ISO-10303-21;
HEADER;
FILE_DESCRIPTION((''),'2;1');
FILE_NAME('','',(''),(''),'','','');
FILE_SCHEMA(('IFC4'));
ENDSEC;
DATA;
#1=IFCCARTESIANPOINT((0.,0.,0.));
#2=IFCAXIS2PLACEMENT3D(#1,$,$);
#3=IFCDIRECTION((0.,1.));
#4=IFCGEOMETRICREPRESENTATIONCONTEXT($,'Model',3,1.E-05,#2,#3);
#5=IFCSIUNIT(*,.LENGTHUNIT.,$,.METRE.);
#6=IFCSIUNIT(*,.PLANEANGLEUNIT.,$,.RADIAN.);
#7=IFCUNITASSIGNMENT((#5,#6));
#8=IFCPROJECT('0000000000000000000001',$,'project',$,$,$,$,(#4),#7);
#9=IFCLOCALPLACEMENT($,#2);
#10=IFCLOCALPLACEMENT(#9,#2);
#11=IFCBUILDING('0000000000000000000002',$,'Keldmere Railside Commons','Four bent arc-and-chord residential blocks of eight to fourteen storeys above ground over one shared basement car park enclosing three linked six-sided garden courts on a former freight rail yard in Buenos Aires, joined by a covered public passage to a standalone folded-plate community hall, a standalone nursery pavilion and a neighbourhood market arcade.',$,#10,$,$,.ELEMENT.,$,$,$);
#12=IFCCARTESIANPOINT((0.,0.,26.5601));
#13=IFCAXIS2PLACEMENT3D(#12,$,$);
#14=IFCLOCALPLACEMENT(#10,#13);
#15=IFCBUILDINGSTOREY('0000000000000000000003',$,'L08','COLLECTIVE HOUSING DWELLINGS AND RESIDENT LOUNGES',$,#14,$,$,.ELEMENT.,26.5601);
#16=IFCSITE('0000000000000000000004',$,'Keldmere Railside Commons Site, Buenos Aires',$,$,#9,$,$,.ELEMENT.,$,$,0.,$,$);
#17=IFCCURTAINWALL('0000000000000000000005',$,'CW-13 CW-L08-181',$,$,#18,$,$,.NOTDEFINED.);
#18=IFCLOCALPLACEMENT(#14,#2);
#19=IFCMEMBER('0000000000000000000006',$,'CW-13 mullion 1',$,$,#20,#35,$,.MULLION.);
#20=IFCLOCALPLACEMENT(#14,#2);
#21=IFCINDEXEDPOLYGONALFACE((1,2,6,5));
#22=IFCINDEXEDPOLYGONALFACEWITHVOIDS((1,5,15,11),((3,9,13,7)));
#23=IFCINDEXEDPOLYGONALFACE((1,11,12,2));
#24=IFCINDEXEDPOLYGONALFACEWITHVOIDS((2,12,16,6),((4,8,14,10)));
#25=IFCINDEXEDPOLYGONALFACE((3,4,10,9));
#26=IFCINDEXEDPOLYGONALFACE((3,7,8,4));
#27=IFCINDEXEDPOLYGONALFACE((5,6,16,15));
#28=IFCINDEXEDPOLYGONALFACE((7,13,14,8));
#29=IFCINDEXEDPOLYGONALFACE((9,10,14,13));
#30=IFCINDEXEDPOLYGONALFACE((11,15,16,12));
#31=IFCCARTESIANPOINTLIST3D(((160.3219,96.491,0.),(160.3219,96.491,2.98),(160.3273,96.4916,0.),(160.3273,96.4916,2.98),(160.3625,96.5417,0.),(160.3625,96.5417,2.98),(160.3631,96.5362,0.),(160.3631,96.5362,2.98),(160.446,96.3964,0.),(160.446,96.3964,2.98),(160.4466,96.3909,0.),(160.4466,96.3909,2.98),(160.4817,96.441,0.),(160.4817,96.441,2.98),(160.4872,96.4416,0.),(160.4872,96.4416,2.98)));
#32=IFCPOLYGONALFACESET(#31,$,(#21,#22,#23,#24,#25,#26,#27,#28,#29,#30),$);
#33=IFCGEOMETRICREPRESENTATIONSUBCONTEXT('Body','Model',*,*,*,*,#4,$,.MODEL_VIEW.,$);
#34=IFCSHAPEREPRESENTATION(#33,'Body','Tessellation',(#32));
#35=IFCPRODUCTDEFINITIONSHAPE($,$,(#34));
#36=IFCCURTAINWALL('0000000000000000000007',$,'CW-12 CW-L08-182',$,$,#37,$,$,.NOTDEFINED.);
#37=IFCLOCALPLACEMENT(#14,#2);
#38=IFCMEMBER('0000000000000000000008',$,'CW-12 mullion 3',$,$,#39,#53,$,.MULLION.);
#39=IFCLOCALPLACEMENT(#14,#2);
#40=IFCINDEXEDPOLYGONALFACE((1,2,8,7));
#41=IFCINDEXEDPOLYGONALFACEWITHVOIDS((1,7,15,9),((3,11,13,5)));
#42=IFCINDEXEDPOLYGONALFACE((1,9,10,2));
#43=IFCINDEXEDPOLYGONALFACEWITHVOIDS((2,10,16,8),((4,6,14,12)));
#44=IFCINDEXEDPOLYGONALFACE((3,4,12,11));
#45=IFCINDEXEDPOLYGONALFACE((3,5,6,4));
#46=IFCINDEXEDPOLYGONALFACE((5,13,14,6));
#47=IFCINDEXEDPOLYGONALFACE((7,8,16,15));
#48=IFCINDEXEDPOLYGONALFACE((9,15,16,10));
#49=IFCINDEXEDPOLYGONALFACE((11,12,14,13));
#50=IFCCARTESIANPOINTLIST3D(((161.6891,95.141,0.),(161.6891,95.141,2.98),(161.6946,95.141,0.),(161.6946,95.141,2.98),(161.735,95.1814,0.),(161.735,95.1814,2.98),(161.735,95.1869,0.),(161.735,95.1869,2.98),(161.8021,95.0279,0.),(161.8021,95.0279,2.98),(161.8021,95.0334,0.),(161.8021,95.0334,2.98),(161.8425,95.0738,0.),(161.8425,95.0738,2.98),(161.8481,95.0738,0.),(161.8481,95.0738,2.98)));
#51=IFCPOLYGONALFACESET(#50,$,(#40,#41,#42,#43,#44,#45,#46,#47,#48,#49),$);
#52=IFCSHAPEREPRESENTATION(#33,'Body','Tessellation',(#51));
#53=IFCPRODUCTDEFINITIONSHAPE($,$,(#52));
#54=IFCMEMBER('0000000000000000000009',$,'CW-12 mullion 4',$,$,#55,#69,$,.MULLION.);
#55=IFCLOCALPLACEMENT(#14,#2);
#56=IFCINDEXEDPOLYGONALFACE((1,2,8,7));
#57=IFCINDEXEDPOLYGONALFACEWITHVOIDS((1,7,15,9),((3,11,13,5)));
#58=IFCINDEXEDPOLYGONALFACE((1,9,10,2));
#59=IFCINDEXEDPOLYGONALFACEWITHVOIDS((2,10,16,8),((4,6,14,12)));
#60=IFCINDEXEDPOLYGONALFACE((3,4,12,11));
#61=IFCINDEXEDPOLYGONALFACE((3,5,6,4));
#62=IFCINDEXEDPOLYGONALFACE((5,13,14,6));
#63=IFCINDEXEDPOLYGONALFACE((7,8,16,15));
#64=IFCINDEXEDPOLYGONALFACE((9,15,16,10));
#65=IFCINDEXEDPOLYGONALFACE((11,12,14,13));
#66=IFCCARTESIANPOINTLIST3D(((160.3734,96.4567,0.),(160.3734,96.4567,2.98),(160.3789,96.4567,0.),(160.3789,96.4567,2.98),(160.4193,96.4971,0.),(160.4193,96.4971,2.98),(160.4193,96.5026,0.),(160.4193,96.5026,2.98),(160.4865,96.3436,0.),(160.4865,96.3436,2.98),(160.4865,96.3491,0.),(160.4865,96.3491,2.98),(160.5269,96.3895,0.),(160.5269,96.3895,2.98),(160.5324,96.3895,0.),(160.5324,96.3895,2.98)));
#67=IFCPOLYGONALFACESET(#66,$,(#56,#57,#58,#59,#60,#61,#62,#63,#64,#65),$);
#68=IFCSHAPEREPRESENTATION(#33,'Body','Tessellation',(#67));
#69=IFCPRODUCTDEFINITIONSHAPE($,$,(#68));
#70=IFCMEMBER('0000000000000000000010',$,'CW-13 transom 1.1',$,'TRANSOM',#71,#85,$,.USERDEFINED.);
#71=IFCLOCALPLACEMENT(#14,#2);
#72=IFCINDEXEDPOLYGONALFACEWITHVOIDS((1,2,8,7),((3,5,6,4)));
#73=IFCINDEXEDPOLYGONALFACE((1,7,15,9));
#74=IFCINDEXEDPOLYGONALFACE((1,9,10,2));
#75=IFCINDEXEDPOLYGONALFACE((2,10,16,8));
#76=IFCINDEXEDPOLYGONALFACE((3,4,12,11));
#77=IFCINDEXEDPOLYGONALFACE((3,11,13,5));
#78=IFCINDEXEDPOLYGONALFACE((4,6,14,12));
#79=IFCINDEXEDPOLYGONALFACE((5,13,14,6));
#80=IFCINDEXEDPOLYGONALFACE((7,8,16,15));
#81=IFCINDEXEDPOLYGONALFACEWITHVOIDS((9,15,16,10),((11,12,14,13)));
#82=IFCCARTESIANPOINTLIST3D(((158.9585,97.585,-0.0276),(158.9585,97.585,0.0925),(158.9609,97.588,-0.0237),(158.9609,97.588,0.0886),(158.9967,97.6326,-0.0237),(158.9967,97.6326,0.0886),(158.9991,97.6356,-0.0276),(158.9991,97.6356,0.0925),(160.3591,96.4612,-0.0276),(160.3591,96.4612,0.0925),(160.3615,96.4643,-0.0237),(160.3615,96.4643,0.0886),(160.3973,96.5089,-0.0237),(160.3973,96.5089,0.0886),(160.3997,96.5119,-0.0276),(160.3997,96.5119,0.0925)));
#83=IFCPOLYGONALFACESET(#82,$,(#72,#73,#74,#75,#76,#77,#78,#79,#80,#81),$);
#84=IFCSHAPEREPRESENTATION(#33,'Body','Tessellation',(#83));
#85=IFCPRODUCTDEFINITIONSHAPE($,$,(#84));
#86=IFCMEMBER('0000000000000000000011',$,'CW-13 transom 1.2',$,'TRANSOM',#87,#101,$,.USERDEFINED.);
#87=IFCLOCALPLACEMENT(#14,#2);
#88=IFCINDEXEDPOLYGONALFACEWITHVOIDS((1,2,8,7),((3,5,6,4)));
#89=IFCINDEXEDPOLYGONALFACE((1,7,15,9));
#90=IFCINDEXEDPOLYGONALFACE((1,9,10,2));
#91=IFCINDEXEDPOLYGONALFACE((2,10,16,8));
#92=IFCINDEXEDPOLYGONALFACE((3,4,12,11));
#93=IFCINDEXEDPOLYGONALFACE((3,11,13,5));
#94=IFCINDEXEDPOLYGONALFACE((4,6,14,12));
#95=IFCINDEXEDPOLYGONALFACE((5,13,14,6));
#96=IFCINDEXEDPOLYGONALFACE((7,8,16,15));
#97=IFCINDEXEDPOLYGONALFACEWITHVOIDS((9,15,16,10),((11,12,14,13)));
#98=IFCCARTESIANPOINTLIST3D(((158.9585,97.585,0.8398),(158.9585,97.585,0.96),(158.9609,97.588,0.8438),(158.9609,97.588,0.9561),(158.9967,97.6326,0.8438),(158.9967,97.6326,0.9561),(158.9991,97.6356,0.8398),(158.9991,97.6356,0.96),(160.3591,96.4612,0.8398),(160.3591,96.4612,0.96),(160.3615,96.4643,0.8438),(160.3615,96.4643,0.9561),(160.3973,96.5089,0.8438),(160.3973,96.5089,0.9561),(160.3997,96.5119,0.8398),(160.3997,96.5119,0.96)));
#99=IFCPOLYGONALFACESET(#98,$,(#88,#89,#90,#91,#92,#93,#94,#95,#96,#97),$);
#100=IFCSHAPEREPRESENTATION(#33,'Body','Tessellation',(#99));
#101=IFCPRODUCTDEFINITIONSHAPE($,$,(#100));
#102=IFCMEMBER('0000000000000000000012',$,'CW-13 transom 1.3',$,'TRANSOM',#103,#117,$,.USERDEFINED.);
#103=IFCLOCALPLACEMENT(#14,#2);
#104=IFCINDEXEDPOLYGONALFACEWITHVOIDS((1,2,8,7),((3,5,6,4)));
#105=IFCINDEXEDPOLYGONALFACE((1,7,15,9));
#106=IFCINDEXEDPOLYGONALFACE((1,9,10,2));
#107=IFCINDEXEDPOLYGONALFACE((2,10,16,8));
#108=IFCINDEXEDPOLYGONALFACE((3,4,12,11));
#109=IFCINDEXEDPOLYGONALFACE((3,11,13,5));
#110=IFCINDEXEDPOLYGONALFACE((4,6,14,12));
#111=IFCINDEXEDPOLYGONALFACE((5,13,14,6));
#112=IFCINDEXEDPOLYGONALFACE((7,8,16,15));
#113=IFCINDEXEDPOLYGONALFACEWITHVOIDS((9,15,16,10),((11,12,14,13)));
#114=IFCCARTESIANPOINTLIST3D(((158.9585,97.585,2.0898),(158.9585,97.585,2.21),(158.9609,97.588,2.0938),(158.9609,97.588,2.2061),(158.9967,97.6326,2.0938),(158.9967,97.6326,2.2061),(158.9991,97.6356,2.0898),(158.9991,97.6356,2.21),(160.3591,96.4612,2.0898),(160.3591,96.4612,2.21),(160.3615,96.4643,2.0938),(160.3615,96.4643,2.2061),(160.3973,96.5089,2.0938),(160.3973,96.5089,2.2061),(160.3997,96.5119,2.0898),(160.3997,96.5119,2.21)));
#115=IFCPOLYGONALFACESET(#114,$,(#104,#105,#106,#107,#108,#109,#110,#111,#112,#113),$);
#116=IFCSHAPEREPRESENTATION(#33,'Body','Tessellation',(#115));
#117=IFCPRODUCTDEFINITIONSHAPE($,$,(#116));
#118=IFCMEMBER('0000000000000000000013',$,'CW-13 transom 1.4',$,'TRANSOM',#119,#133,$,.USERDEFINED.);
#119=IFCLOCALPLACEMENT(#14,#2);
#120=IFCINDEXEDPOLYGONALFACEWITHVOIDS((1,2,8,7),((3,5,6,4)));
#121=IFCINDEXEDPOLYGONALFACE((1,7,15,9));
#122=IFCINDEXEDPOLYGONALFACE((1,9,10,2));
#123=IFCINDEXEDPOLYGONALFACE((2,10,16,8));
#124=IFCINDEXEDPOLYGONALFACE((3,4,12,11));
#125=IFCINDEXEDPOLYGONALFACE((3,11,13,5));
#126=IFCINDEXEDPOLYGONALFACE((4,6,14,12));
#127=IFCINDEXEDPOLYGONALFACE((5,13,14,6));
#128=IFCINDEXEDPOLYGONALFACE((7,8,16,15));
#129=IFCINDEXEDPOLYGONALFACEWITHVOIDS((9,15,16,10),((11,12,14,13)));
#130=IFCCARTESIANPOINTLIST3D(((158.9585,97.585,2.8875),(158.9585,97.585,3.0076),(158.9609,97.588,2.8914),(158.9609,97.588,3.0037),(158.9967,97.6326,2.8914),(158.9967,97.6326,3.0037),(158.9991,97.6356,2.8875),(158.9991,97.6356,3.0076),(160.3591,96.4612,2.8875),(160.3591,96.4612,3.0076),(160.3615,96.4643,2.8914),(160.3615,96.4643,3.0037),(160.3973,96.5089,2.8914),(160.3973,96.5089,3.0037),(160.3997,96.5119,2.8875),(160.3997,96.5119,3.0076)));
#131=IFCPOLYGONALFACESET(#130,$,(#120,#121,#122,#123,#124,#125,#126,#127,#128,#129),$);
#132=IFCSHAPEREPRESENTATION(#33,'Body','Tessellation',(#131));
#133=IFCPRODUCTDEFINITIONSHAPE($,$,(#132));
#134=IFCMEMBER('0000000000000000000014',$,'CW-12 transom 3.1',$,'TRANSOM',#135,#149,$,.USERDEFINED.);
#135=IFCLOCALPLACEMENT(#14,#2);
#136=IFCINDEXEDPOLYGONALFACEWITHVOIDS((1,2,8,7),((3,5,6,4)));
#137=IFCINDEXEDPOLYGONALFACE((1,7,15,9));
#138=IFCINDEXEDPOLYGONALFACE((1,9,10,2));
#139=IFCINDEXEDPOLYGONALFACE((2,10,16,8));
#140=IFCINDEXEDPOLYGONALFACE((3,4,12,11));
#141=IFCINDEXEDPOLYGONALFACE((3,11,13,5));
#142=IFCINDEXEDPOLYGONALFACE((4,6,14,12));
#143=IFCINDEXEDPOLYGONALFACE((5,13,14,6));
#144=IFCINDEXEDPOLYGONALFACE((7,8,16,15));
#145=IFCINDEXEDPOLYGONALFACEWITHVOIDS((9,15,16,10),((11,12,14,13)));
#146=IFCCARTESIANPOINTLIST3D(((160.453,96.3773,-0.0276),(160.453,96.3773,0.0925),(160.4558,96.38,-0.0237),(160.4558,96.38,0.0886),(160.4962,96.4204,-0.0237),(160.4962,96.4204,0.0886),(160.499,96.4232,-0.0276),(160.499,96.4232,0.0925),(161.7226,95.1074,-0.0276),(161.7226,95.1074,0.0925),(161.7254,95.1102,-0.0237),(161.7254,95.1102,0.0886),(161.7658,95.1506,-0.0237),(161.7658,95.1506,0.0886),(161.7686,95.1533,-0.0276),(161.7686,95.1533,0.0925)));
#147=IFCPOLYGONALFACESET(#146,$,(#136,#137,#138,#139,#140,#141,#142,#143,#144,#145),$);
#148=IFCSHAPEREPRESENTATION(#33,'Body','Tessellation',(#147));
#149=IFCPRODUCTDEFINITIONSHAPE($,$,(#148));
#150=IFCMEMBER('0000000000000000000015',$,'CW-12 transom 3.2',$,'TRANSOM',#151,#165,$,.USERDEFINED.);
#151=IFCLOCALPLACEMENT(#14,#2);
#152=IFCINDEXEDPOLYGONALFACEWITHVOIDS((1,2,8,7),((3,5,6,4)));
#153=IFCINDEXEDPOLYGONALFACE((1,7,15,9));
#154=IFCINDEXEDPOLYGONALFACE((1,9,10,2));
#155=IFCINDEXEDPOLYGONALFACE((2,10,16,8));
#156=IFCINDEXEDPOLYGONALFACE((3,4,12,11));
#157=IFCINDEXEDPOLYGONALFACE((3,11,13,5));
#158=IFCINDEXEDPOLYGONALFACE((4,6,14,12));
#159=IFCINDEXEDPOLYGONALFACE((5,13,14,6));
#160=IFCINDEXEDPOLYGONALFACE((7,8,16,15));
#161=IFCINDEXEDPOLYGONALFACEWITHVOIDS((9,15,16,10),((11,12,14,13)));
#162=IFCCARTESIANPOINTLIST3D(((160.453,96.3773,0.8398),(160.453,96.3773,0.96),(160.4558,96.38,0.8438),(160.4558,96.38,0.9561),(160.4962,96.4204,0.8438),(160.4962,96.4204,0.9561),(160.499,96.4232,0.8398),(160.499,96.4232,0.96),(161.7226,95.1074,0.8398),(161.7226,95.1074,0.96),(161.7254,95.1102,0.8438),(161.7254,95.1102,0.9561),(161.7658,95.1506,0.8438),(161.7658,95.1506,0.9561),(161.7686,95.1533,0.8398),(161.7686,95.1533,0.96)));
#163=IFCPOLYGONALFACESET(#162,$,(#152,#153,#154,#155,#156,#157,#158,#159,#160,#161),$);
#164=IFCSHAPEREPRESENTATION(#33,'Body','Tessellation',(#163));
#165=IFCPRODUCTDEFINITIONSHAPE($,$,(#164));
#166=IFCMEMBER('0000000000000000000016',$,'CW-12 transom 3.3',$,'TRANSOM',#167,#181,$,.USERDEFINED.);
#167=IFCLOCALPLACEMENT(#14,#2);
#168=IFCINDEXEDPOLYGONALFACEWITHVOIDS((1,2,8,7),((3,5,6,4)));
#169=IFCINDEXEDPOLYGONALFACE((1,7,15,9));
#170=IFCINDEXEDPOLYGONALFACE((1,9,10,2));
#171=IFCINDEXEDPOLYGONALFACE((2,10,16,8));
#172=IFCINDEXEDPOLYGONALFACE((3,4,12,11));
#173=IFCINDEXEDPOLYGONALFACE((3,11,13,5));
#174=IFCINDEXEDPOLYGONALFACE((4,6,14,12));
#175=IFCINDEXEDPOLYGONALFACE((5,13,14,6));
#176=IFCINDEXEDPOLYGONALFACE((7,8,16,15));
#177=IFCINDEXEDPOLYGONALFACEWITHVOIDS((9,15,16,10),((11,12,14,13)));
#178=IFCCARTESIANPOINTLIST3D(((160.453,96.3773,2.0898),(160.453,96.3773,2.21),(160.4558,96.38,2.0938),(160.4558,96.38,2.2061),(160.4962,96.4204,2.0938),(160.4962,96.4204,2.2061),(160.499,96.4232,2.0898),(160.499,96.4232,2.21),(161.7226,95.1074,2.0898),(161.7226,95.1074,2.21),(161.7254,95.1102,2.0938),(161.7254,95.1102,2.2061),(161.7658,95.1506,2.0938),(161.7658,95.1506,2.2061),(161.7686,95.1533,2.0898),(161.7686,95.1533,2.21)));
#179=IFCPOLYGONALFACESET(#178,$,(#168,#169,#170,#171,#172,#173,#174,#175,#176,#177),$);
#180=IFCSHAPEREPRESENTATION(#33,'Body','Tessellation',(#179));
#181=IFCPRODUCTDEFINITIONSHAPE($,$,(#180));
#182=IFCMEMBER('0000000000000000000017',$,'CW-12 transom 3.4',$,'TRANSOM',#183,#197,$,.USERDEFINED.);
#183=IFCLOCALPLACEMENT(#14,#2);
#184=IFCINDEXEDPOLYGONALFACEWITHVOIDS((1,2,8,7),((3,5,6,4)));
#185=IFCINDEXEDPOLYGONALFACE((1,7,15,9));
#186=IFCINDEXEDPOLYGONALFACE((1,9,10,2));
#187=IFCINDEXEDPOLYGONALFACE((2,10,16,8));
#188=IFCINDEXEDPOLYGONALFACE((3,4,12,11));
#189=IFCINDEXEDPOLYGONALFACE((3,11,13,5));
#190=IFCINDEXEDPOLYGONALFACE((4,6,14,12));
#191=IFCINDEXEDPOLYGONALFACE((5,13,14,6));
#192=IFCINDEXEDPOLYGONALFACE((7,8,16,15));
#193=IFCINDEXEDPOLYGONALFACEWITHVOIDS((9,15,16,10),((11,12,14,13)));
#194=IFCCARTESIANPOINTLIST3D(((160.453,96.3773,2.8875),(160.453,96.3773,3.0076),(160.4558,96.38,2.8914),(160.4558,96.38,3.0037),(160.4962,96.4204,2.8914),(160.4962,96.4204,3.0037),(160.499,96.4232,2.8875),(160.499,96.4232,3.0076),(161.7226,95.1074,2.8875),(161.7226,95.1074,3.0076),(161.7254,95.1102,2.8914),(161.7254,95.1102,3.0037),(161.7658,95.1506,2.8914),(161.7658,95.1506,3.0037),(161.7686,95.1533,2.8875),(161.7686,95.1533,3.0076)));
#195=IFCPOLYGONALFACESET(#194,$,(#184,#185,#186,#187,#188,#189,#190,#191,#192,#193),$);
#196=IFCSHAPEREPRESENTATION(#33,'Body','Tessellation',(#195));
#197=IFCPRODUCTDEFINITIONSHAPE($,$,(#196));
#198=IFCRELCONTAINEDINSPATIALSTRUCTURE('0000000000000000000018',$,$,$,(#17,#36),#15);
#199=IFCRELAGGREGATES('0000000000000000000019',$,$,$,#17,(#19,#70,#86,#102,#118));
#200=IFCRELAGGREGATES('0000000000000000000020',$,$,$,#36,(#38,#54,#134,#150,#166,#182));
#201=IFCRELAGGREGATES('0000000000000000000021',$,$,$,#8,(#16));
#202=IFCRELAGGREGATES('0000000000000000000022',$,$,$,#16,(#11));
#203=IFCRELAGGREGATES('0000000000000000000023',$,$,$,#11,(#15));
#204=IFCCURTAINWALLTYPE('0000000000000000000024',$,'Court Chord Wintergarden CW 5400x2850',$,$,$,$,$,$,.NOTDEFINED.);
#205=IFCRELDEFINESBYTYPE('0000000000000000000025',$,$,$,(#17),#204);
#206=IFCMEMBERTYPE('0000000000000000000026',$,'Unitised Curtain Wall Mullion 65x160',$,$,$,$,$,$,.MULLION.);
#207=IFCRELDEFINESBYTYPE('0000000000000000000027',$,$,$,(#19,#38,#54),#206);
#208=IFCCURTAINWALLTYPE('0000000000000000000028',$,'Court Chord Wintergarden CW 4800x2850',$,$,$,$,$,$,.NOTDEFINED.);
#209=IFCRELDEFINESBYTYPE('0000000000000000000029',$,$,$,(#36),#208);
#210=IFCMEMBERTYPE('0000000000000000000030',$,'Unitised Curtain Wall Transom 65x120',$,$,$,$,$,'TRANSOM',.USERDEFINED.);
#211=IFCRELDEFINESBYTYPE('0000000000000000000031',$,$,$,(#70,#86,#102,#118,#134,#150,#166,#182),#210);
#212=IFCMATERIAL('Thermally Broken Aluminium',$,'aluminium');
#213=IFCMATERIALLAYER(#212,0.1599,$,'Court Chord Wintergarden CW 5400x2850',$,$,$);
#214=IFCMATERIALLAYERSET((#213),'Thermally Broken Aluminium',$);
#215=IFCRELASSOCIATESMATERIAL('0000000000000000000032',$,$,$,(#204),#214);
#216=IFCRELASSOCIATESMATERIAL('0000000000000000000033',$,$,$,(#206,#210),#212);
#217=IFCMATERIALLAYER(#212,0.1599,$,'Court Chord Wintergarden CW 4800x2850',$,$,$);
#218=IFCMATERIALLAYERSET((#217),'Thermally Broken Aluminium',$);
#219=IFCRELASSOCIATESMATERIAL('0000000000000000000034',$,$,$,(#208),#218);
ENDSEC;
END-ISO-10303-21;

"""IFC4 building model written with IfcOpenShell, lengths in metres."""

from ifc_helpers import new_model, si_unit, direction, frame, origin, origin_2d, place, context, subcontext, project, spatial, hollow_rectangle, extrude, material, layer, layer_set, material_profile, profile_set, type_object, element, aggregate, save


model = new_model("IFC4")

# Units and contexts
model_context = context("Model", 3, precision=1e-05, world=origin(), true_north=direction((0.0, 1.0)))
body_context = subcontext(model_context, "Body", "Model", "MODEL_VIEW")
ifc_project = project(units=[si_unit("LENGTHUNIT", "METRE"), si_unit("PLANEANGLEUNIT", "RADIAN")], contexts=[model_context])

# Site, building, storey
site_placement = place(None, origin())
site = spatial("IfcSite", under=ifc_project, at=site_placement, Name="Keldmere Railside Commons Site, Buenos Aires", CompositionType="ELEMENT", RefElevation=0.0)
building_placement = place(site_placement, origin())
building = spatial("IfcBuilding", under=site, at=building_placement, Name="Keldmere Railside Commons", Description="Four bent arc-and-chord residential blocks of eight to fourteen storeys above ground over one shared basement car park enclosing three linked six-sided garden courts on a former freight rail yard in Buenos Aires, joined by a covered public passage to a standalone folded-plate community hall, a standalone nursery pavilion and a neighbourhood market arcade.", CompositionType="ELEMENT")
storey_placement = place(building_placement, frame((0.0, 0.0, 26.5601)))
storey = spatial("IfcBuildingStorey", under=building, at=storey_placement, Name="L08", Description="COLLECTIVE HOUSING DWELLINGS AND RESIDENT LOUNGES", CompositionType="ELEMENT", Elevation=26.5601)

# Curtain wall, member
ifc_material_1 = material(Name="Thermally Broken Aluminium", Category="aluminium")
ifc_layer_1 = layer(ifc_material_1, 0.1599, Name="Court Chord Wintergarden CW 5400x2850")
ifc_layer_set_1 = layer_set([ifc_layer_1], Name="Thermally Broken Aluminium")
curtain_wall_type_1 = type_object("IfcCurtainWallType", Name="Court Chord Wintergarden CW 5400x2850", PredefinedType="NOTDEFINED", material=ifc_layer_set_1)
curtain_wall_1_placement = place(storey_placement, origin())
curtain_wall_1 = element("IfcCurtainWall", 1, at=curtain_wall_1_placement, inside=storey, type_object=curtain_wall_type_1, Name="CW-13 CW-L08-181", PredefinedType="NOTDEFINED")
ifc_material_profile_1 = material_profile(ifc_material_1, hollow_rectangle(XDim=0.0649, YDim=0.1599, WallThickness=0.0039, at=origin_2d()), Name="ALU-MULL-65x160")
ifc_profile_set_1 = profile_set([ifc_material_profile_1], Name="Thermally Broken Aluminium")
member_type_1 = type_object("IfcMemberType", Name="Unitised Curtain Wall Mullion 65x160", PredefinedType="MULLION", material=ifc_profile_set_1)
member_1_placement = place(storey_placement, frame((160.4045, 96.4663, 0.0), z_axis=(0.0, 0.0, 1.0), x_axis=(-0.625768, -0.780009, 0.0)))
member_1 = element("IfcMember", 2, at=member_1_placement, type_object=member_type_1, Name="CW-13 mullion 1", PredefinedType="MULLION", context=body_context, shape_type="SweptSolid", body=[
    extrude(hollow_rectangle(XDim=0.0649, YDim=0.1599, WallThickness=0.0039, at=origin_2d()), origin(), (0.0, 0.0, 1.0), 2.98),
])

# Curtain wall, members
ifc_layer_2 = layer(ifc_material_1, 0.1599, Name="Court Chord Wintergarden CW 4800x2850")
ifc_layer_set_2 = layer_set([ifc_layer_2], Name="Thermally Broken Aluminium")
curtain_wall_type_2 = type_object("IfcCurtainWallType", Name="Court Chord Wintergarden CW 4800x2850", PredefinedType="NOTDEFINED", material=ifc_layer_set_2)
curtain_wall_2_placement = place(storey_placement, origin())
curtain_wall_2 = element("IfcCurtainWall", 3, at=curtain_wall_2_placement, inside=storey, type_object=curtain_wall_type_2, Name="CW-12 CW-L08-182", PredefinedType="NOTDEFINED")
member_2_placement = place(storey_placement, frame((161.7686, 95.1074, 0.0), z_axis=(0.0, 0.0, 1.0), x_axis=(-0.707107, -0.707107, 0.0)))
member_2 = element("IfcMember", 4, at=member_2_placement, type_object=member_type_1, Name="CW-12 mullion 3", PredefinedType="MULLION", context=body_context, shape_type="SweptSolid", body=[
    extrude(hollow_rectangle(XDim=0.0649, YDim=0.1599, WallThickness=0.0039, at=origin_2d()), origin(), (0.0, 0.0, 1.0), 2.98),
])
member_3_placement = place(storey_placement, frame((160.4529, 96.4231, 0.0), z_axis=(0.0, 0.0, 1.0), x_axis=(-0.707107, -0.707107, 0.0)))
member_3 = element("IfcMember", 5, at=member_3_placement, type_object=member_type_1, Name="CW-12 mullion 4", PredefinedType="MULLION", context=body_context, shape_type="SweptSolid", body=[
    extrude(hollow_rectangle(XDim=0.0649, YDim=0.1599, WallThickness=0.0039, at=origin_2d()), origin(), (0.0, 0.0, 1.0), 2.98),
])

# Members
ifc_material_profile_2 = material_profile(ifc_material_1, hollow_rectangle(XDim=0.0649, YDim=0.1201, WallThickness=0.0039, at=origin_2d()), Name="ALU-TRAN-65x120")
ifc_profile_set_2 = profile_set([ifc_material_profile_2], Name="Thermally Broken Aluminium")
member_type_2 = type_object("IfcMemberType", Name="Unitised Curtain Wall Transom 65x120", ElementType="TRANSOM", PredefinedType="USERDEFINED", material=ifc_profile_set_2)
member_4_placement = place(storey_placement, frame((160.3794, 96.4866, 0.0325), z_axis=(-0.779979, 0.625805, 0.0), x_axis=(-0.625805, -0.779979, 0.0)))
member_4 = element("IfcMember", 6, at=member_4_placement, type_object=member_type_2, Name="CW-13 transom 1.1", ObjectType="TRANSOM", PredefinedType="USERDEFINED", context=body_context, shape_type="SweptSolid", body=[
    extrude(hollow_rectangle(XDim=0.0649, YDim=0.1201, WallThickness=0.0039, at=origin_2d()), origin(), (0.0, 0.0, 1.0), 1.7957),
])
member_5_placement = place(storey_placement, frame((160.3794, 96.4866, 0.8999), z_axis=(-0.779979, 0.625805, 0.0), x_axis=(-0.625805, -0.779979, 0.0)))
member_5 = element("IfcMember", 7, at=member_5_placement, type_object=member_type_2, Name="CW-13 transom 1.2", ObjectType="TRANSOM", PredefinedType="USERDEFINED", context=body_context, shape_type="SweptSolid", body=[
    extrude(hollow_rectangle(XDim=0.0649, YDim=0.1201, WallThickness=0.0039, at=origin_2d()), origin(), (0.0, 0.0, 1.0), 1.7957),
])
member_6_placement = place(storey_placement, frame((160.3794, 96.4866, 2.1499), z_axis=(-0.779979, 0.625805, 0.0), x_axis=(-0.625805, -0.779979, 0.0)))
member_6 = element("IfcMember", 8, at=member_6_placement, type_object=member_type_2, Name="CW-13 transom 1.3", ObjectType="TRANSOM", PredefinedType="USERDEFINED", context=body_context, shape_type="SweptSolid", body=[
    extrude(hollow_rectangle(XDim=0.0649, YDim=0.1201, WallThickness=0.0039, at=origin_2d()), origin(), (0.0, 0.0, 1.0), 1.7957),
])
member_7_placement = place(storey_placement, frame((160.3794, 96.4866, 2.9475), z_axis=(-0.779979, 0.625805, 0.0), x_axis=(-0.625805, -0.779979, 0.0)))
member_7 = element("IfcMember", 9, at=member_7_placement, type_object=member_type_2, Name="CW-13 transom 1.4", ObjectType="TRANSOM", PredefinedType="USERDEFINED", context=body_context, shape_type="SweptSolid", body=[
    extrude(hollow_rectangle(XDim=0.0649, YDim=0.1201, WallThickness=0.0039, at=origin_2d()), origin(), (0.0, 0.0, 1.0), 1.7957),
])
member_8_placement = place(storey_placement, frame((161.7456, 95.1304, 0.0325), z_axis=(-0.707039, 0.707175, 0.0), x_axis=(-0.707175, -0.707039, 0.0)))
member_8 = element("IfcMember", 10, at=member_8_placement, type_object=member_type_2, Name="CW-12 transom 3.1", ObjectType="TRANSOM", PredefinedType="USERDEFINED", context=body_context, shape_type="SweptSolid", body=[
    extrude(hollow_rectangle(XDim=0.0649, YDim=0.1201, WallThickness=0.0039, at=origin_2d()), origin(), (0.0, 0.0, 1.0), 1.7957),
])
member_9_placement = place(storey_placement, frame((161.7456, 95.1304, 0.8999), z_axis=(-0.707039, 0.707175, 0.0), x_axis=(-0.707175, -0.707039, 0.0)))
member_9 = element("IfcMember", 11, at=member_9_placement, type_object=member_type_2, Name="CW-12 transom 3.2", ObjectType="TRANSOM", PredefinedType="USERDEFINED", context=body_context, shape_type="SweptSolid", body=[
    extrude(hollow_rectangle(XDim=0.0649, YDim=0.1201, WallThickness=0.0039, at=origin_2d()), origin(), (0.0, 0.0, 1.0), 1.7957),
])
member_10_placement = place(storey_placement, frame((161.7456, 95.1304, 2.1499), z_axis=(-0.707039, 0.707175, 0.0), x_axis=(-0.707175, -0.707039, 0.0)))
member_10 = element("IfcMember", 12, at=member_10_placement, type_object=member_type_2, Name="CW-12 transom 3.3", ObjectType="TRANSOM", PredefinedType="USERDEFINED", context=body_context, shape_type="SweptSolid", body=[
    extrude(hollow_rectangle(XDim=0.0649, YDim=0.1201, WallThickness=0.0039, at=origin_2d()), origin(), (0.0, 0.0, 1.0), 1.7957),
])
member_11_placement = place(storey_placement, frame((161.7456, 95.1304, 2.9475), z_axis=(-0.707039, 0.707175, 0.0), x_axis=(-0.707175, -0.707039, 0.0)))
member_11 = element("IfcMember", 13, at=member_11_placement, type_object=member_type_2, Name="CW-12 transom 3.4", ObjectType="TRANSOM", PredefinedType="USERDEFINED", context=body_context, shape_type="SweptSolid", body=[
    extrude(hollow_rectangle(XDim=0.0649, YDim=0.1201, WallThickness=0.0039, at=origin_2d()), origin(), (0.0, 0.0, 1.0), 1.7957),
])

aggregate(curtain_wall_1, [member_1, member_4, member_5, member_6, member_7])
aggregate(curtain_wall_2, [member_2, member_3, member_8, member_9, member_10, member_11])

save(model, "model.ifc")
